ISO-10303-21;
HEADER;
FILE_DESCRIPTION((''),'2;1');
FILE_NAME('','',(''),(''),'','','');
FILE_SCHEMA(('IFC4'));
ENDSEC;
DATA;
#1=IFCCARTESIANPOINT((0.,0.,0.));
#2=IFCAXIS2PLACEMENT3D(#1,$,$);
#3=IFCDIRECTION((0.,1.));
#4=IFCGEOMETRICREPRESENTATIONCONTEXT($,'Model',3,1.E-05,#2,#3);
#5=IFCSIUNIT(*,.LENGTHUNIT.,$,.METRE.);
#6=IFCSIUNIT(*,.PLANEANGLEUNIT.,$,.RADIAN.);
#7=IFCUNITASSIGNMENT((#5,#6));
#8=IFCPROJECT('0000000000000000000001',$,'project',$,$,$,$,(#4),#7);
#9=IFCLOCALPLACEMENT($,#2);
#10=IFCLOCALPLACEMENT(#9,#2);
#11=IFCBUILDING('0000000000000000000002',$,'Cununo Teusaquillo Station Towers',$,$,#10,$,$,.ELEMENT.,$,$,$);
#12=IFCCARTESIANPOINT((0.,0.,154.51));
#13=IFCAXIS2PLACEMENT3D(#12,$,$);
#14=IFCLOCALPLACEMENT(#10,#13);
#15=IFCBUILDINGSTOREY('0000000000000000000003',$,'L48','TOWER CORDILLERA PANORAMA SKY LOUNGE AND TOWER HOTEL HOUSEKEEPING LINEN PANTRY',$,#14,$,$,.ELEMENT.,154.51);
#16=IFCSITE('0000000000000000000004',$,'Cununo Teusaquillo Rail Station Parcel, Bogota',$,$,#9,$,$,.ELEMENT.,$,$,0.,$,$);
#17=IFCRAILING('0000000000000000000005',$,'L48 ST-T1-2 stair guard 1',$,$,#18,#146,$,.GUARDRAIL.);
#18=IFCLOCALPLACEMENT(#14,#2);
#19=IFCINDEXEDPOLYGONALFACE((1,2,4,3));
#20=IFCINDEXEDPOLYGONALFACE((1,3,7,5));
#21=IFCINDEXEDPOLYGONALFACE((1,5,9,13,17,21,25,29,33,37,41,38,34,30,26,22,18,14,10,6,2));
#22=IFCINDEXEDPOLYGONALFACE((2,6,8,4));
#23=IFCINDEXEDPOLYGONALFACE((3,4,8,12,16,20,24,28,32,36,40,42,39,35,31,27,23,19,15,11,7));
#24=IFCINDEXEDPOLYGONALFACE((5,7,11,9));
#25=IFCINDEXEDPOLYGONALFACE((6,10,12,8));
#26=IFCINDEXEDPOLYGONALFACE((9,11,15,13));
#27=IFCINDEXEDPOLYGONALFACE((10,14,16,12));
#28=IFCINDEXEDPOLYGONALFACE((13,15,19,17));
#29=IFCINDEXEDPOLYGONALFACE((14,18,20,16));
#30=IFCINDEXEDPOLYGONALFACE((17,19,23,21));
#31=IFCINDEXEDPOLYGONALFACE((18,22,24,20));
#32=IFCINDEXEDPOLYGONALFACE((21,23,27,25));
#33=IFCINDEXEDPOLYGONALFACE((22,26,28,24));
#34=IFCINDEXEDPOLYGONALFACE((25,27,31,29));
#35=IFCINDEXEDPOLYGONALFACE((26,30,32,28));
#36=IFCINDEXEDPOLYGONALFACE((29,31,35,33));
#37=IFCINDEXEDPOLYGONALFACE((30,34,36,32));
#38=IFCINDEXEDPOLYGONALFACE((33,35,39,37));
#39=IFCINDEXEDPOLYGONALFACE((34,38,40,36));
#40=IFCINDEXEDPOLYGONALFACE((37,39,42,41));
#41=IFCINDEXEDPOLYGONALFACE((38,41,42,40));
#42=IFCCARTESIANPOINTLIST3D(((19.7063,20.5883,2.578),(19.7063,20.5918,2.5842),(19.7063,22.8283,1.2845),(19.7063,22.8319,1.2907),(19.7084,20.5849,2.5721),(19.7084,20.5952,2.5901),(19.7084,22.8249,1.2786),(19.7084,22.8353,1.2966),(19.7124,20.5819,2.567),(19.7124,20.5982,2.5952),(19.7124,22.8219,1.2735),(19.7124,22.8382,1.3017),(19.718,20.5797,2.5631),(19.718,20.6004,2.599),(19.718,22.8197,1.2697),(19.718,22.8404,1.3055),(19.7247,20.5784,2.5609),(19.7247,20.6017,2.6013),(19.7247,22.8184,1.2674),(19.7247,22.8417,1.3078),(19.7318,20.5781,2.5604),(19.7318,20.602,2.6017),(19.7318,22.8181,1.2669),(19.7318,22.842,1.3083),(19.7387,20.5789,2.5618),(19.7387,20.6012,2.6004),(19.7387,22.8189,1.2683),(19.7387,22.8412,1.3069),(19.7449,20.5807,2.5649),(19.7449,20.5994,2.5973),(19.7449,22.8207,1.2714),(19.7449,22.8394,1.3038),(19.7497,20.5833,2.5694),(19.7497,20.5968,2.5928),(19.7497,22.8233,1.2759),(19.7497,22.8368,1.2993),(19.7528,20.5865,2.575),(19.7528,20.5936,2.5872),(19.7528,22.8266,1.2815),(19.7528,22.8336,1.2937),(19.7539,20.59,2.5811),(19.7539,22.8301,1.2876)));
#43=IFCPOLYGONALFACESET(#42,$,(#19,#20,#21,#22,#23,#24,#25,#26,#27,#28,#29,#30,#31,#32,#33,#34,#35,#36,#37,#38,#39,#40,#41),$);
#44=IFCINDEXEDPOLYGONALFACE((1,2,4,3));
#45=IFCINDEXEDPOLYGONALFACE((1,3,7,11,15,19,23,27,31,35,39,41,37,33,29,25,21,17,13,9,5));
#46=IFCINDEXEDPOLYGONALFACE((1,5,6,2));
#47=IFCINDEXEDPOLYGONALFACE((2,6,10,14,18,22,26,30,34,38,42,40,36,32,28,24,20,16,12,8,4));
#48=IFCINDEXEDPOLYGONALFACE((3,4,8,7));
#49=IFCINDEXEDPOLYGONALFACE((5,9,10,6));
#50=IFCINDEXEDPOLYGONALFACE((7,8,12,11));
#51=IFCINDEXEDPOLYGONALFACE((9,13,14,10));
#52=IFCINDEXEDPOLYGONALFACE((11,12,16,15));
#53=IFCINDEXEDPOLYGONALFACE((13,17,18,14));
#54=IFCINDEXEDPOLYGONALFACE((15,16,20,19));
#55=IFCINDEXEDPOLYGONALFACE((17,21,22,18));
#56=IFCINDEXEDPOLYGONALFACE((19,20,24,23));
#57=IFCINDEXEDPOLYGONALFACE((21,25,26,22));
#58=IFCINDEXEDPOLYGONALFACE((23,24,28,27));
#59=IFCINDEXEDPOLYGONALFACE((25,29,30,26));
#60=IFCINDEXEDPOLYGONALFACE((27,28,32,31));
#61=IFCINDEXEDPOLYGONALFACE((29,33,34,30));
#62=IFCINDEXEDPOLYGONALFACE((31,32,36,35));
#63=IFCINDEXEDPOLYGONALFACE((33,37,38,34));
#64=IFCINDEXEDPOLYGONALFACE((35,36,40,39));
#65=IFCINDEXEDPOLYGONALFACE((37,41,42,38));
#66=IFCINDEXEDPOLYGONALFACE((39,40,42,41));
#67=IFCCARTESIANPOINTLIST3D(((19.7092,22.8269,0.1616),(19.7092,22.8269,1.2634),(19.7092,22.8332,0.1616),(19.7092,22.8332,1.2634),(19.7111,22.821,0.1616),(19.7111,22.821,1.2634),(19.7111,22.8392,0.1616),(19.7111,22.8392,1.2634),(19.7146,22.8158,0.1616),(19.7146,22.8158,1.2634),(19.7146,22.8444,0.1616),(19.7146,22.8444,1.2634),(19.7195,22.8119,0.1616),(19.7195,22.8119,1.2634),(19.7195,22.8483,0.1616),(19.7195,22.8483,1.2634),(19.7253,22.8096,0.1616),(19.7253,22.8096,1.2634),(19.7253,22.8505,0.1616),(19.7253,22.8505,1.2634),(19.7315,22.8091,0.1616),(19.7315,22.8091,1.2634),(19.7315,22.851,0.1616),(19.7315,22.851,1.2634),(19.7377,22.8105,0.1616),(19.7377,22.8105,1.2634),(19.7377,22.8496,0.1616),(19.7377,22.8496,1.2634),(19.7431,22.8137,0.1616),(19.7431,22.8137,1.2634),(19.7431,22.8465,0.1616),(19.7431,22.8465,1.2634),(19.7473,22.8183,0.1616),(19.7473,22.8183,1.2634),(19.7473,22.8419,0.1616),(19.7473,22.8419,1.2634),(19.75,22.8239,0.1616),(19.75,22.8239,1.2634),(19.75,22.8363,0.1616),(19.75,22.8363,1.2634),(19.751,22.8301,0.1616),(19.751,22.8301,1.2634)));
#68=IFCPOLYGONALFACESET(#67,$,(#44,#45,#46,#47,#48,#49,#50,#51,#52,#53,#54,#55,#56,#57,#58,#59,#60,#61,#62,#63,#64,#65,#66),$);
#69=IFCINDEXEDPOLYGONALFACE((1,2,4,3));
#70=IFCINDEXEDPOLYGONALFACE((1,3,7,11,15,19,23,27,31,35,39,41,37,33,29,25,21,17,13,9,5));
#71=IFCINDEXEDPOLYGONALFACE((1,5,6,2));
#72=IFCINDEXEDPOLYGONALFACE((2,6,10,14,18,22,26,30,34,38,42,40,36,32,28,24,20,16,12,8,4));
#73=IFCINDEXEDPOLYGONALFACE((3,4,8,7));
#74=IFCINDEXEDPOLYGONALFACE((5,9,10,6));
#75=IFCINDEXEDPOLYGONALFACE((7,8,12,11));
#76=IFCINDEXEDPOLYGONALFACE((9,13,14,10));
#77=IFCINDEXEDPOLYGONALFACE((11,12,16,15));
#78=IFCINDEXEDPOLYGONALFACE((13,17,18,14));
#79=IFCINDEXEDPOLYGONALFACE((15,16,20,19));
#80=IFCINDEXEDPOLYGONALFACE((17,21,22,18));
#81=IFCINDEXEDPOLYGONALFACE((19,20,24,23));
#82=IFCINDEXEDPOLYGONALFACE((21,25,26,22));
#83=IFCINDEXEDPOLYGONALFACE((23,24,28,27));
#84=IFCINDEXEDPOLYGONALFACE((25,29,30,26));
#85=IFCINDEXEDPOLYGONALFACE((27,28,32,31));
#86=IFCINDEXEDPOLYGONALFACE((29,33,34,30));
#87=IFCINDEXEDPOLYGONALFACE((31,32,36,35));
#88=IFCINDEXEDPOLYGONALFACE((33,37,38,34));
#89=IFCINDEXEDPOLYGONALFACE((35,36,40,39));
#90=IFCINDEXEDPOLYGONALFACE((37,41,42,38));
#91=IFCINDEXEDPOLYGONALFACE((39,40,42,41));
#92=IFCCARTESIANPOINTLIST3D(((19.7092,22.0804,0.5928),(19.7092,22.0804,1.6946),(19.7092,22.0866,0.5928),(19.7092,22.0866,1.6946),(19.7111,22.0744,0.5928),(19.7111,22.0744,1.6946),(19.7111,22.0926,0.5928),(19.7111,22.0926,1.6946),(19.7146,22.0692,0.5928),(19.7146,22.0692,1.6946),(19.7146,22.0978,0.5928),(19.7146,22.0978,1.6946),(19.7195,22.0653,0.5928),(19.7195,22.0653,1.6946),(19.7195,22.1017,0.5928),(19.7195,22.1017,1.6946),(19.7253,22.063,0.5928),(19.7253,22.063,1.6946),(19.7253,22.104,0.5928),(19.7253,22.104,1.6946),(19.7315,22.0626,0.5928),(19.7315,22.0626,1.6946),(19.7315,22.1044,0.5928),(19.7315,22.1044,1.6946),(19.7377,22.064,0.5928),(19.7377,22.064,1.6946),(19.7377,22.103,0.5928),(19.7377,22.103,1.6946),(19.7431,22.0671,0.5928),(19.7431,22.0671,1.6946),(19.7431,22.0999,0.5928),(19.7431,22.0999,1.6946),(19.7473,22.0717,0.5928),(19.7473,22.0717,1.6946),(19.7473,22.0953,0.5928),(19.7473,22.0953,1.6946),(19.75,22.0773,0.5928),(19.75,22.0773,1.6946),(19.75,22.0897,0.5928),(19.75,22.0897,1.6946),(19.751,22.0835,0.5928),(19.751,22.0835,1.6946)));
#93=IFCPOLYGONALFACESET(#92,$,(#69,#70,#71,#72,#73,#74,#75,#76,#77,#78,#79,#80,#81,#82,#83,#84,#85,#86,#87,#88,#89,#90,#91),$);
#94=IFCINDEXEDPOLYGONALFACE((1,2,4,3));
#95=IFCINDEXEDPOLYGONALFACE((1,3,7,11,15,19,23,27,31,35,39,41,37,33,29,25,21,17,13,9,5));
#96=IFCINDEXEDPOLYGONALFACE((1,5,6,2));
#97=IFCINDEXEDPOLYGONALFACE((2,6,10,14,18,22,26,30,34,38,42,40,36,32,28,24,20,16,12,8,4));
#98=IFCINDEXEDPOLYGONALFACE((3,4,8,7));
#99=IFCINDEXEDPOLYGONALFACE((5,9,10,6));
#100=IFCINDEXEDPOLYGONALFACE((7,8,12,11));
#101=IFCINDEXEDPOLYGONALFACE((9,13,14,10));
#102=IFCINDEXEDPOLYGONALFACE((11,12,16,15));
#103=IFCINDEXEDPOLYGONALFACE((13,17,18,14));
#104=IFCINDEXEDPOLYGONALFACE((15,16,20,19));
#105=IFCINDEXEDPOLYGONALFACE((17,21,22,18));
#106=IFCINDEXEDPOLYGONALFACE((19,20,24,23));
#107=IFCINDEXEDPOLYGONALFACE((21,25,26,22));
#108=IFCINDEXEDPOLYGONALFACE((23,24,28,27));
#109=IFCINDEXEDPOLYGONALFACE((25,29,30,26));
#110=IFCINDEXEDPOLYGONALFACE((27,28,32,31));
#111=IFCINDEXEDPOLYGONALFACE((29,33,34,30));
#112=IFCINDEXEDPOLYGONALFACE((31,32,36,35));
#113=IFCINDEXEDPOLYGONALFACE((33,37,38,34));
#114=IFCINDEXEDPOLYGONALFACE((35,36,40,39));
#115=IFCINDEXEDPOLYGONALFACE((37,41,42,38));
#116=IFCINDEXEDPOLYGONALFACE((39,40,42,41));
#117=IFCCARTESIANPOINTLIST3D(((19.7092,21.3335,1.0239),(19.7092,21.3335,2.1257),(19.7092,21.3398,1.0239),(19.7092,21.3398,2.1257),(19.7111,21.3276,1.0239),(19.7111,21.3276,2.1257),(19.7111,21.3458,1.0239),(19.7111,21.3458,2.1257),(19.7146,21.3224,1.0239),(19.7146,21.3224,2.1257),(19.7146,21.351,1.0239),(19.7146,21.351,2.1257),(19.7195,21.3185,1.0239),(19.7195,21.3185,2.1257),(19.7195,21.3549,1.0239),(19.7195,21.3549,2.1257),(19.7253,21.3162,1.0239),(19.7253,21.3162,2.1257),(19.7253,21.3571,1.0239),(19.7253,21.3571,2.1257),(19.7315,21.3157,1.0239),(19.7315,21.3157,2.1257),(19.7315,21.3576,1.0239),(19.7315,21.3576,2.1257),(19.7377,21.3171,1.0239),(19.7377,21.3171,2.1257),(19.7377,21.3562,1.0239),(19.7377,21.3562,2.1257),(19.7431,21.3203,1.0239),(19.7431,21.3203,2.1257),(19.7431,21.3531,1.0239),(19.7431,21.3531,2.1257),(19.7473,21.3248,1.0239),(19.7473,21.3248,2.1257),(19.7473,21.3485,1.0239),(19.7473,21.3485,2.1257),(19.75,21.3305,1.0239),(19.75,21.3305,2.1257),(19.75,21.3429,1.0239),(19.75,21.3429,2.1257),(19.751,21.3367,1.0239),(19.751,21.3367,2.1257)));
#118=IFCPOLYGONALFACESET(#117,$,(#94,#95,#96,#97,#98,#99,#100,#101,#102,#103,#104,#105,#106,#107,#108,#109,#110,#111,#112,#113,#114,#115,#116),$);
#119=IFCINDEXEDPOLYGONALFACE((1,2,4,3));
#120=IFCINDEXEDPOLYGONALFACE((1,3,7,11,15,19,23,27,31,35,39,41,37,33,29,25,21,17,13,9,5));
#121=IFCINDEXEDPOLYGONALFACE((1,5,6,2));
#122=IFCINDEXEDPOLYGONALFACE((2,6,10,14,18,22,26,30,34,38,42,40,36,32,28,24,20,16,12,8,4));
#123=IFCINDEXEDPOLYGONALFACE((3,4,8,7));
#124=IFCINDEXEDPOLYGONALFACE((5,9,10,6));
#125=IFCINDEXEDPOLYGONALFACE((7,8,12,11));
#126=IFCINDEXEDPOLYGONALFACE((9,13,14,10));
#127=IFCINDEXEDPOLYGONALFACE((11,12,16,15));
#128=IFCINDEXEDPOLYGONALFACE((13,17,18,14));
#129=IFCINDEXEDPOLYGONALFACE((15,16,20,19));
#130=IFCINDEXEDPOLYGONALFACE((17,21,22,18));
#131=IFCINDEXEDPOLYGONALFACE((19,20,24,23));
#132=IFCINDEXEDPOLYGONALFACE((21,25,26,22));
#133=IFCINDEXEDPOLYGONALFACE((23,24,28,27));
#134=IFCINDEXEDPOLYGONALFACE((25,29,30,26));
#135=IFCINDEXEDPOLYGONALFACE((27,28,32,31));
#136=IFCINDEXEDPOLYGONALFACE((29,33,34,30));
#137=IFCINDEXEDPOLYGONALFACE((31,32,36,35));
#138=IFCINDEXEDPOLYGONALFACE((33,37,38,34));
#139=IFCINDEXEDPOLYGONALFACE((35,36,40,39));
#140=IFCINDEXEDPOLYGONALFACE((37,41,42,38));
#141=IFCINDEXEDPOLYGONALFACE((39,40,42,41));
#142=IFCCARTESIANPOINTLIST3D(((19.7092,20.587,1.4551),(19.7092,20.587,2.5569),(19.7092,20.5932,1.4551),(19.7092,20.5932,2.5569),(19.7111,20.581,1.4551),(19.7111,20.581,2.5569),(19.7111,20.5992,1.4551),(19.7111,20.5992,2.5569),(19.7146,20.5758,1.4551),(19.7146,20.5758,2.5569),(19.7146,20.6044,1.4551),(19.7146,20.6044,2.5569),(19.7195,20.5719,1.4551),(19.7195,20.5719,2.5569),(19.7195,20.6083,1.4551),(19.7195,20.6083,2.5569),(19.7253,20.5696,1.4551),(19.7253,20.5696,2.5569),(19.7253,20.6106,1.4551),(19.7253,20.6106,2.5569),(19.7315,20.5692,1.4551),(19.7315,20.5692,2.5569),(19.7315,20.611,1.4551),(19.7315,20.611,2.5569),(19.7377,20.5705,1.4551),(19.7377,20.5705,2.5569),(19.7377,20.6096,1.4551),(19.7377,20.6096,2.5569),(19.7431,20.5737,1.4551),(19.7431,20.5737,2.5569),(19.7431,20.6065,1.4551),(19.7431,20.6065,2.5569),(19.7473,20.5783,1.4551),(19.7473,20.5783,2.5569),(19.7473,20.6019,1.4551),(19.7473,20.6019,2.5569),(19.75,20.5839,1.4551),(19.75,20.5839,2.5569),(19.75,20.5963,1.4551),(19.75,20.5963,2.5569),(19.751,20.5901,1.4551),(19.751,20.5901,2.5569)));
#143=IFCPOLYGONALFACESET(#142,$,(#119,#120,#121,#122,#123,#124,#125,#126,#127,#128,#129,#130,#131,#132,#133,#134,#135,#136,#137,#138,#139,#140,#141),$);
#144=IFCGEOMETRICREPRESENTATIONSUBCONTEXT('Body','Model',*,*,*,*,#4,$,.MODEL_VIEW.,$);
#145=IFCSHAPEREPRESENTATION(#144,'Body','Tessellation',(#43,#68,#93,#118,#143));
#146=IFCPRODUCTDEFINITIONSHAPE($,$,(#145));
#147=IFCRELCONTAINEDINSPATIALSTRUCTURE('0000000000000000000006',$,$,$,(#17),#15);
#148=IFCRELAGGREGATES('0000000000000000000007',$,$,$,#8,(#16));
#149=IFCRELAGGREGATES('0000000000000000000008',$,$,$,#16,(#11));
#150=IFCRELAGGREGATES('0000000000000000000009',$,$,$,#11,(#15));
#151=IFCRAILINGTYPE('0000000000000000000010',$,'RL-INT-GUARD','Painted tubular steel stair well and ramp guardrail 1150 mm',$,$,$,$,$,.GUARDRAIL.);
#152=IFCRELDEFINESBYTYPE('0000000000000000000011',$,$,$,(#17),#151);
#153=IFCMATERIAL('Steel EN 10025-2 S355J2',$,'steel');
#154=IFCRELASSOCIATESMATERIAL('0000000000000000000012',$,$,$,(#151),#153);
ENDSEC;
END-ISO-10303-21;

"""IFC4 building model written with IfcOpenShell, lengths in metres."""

from ifc_helpers import new_model, si_unit, direction, frame, origin, origin_2d, place, context, subcontext, project, spatial, circle, extrude, material, type_object, element, save


model = new_model("IFC4")

# Units and contexts
model_context = context("Model", 3, precision=1e-05, world=origin(), true_north=direction((0.0, 1.0)))
body_context = subcontext(model_context, "Body", "Model", "MODEL_VIEW")
ifc_project = project(units=[si_unit("LENGTHUNIT", "METRE"), si_unit("PLANEANGLEUNIT", "RADIAN")], contexts=[model_context])

# Site, building, storey
site_placement = place(None, origin())
site = spatial("IfcSite", under=ifc_project, at=site_placement, Name="Cununo Teusaquillo Rail Station Parcel, Bogota", CompositionType="ELEMENT", RefElevation=0.0)
building_placement = place(site_placement, origin())
building = spatial("IfcBuilding", under=site, at=building_placement, Name="Cununo Teusaquillo Station Towers", CompositionType="ELEMENT")
storey_placement = place(building_placement, frame((0.0, 0.0, 154.51)))
storey = spatial("IfcBuildingStorey", under=building, at=storey_placement, Name="L48", Description="TOWER CORDILLERA PANORAMA SKY LOUNGE AND TOWER HOTEL HOUSEKEEPING LINEN PANTRY", CompositionType="ELEMENT", Elevation=154.51)

# Railing
ifc_material_1 = material(Name="Steel EN 10025-2 S355J2", Category="steel")
railing_type_1 = type_object("IfcRailingType", Name="RL-INT-GUARD", Description="Painted tubular steel stair well and ramp guardrail 1150 mm", PredefinedType="GUARDRAIL", material=ifc_material_1)
railing_1_placement = place(storey_placement, frame((19.73, 22.8301, 0.1616)))
element("IfcRailing", 1, at=railing_1_placement, inside=storey, type_object=railing_type_1, Name="L48 ST-T1-2 stair guard 1", PredefinedType="GUARDRAIL", context=body_context, shape_type="SweptSolid", body=[
    extrude(circle(Radius=0.0239, at=origin_2d()), frame((0.0, 0.0, 1.126), z_axis=(0.0, -0.865992, 0.500057), x_axis=(1.0, 0.0, 0.0)), (0.0, 0.0, 1.0), 2.5867),
    extrude(circle(Radius=0.021, at=origin_2d()), origin(), (0.0, 0.0, 1.0), 1.1018),
    extrude(circle(Radius=0.021, at=origin_2d()), frame((0.0, -0.7466, 0.4312)), (0.0, 0.0, 1.0), 1.1018),
    extrude(circle(Radius=0.021, at=origin_2d()), frame((0.0, -1.4934, 0.8623)), (0.0, 0.0, 1.0), 1.1018),
    extrude(circle(Radius=0.021, at=origin_2d()), frame((0.0, -2.24, 1.2935)), (0.0, 0.0, 1.0), 1.1018),
])

save(model, "model.ifc")
